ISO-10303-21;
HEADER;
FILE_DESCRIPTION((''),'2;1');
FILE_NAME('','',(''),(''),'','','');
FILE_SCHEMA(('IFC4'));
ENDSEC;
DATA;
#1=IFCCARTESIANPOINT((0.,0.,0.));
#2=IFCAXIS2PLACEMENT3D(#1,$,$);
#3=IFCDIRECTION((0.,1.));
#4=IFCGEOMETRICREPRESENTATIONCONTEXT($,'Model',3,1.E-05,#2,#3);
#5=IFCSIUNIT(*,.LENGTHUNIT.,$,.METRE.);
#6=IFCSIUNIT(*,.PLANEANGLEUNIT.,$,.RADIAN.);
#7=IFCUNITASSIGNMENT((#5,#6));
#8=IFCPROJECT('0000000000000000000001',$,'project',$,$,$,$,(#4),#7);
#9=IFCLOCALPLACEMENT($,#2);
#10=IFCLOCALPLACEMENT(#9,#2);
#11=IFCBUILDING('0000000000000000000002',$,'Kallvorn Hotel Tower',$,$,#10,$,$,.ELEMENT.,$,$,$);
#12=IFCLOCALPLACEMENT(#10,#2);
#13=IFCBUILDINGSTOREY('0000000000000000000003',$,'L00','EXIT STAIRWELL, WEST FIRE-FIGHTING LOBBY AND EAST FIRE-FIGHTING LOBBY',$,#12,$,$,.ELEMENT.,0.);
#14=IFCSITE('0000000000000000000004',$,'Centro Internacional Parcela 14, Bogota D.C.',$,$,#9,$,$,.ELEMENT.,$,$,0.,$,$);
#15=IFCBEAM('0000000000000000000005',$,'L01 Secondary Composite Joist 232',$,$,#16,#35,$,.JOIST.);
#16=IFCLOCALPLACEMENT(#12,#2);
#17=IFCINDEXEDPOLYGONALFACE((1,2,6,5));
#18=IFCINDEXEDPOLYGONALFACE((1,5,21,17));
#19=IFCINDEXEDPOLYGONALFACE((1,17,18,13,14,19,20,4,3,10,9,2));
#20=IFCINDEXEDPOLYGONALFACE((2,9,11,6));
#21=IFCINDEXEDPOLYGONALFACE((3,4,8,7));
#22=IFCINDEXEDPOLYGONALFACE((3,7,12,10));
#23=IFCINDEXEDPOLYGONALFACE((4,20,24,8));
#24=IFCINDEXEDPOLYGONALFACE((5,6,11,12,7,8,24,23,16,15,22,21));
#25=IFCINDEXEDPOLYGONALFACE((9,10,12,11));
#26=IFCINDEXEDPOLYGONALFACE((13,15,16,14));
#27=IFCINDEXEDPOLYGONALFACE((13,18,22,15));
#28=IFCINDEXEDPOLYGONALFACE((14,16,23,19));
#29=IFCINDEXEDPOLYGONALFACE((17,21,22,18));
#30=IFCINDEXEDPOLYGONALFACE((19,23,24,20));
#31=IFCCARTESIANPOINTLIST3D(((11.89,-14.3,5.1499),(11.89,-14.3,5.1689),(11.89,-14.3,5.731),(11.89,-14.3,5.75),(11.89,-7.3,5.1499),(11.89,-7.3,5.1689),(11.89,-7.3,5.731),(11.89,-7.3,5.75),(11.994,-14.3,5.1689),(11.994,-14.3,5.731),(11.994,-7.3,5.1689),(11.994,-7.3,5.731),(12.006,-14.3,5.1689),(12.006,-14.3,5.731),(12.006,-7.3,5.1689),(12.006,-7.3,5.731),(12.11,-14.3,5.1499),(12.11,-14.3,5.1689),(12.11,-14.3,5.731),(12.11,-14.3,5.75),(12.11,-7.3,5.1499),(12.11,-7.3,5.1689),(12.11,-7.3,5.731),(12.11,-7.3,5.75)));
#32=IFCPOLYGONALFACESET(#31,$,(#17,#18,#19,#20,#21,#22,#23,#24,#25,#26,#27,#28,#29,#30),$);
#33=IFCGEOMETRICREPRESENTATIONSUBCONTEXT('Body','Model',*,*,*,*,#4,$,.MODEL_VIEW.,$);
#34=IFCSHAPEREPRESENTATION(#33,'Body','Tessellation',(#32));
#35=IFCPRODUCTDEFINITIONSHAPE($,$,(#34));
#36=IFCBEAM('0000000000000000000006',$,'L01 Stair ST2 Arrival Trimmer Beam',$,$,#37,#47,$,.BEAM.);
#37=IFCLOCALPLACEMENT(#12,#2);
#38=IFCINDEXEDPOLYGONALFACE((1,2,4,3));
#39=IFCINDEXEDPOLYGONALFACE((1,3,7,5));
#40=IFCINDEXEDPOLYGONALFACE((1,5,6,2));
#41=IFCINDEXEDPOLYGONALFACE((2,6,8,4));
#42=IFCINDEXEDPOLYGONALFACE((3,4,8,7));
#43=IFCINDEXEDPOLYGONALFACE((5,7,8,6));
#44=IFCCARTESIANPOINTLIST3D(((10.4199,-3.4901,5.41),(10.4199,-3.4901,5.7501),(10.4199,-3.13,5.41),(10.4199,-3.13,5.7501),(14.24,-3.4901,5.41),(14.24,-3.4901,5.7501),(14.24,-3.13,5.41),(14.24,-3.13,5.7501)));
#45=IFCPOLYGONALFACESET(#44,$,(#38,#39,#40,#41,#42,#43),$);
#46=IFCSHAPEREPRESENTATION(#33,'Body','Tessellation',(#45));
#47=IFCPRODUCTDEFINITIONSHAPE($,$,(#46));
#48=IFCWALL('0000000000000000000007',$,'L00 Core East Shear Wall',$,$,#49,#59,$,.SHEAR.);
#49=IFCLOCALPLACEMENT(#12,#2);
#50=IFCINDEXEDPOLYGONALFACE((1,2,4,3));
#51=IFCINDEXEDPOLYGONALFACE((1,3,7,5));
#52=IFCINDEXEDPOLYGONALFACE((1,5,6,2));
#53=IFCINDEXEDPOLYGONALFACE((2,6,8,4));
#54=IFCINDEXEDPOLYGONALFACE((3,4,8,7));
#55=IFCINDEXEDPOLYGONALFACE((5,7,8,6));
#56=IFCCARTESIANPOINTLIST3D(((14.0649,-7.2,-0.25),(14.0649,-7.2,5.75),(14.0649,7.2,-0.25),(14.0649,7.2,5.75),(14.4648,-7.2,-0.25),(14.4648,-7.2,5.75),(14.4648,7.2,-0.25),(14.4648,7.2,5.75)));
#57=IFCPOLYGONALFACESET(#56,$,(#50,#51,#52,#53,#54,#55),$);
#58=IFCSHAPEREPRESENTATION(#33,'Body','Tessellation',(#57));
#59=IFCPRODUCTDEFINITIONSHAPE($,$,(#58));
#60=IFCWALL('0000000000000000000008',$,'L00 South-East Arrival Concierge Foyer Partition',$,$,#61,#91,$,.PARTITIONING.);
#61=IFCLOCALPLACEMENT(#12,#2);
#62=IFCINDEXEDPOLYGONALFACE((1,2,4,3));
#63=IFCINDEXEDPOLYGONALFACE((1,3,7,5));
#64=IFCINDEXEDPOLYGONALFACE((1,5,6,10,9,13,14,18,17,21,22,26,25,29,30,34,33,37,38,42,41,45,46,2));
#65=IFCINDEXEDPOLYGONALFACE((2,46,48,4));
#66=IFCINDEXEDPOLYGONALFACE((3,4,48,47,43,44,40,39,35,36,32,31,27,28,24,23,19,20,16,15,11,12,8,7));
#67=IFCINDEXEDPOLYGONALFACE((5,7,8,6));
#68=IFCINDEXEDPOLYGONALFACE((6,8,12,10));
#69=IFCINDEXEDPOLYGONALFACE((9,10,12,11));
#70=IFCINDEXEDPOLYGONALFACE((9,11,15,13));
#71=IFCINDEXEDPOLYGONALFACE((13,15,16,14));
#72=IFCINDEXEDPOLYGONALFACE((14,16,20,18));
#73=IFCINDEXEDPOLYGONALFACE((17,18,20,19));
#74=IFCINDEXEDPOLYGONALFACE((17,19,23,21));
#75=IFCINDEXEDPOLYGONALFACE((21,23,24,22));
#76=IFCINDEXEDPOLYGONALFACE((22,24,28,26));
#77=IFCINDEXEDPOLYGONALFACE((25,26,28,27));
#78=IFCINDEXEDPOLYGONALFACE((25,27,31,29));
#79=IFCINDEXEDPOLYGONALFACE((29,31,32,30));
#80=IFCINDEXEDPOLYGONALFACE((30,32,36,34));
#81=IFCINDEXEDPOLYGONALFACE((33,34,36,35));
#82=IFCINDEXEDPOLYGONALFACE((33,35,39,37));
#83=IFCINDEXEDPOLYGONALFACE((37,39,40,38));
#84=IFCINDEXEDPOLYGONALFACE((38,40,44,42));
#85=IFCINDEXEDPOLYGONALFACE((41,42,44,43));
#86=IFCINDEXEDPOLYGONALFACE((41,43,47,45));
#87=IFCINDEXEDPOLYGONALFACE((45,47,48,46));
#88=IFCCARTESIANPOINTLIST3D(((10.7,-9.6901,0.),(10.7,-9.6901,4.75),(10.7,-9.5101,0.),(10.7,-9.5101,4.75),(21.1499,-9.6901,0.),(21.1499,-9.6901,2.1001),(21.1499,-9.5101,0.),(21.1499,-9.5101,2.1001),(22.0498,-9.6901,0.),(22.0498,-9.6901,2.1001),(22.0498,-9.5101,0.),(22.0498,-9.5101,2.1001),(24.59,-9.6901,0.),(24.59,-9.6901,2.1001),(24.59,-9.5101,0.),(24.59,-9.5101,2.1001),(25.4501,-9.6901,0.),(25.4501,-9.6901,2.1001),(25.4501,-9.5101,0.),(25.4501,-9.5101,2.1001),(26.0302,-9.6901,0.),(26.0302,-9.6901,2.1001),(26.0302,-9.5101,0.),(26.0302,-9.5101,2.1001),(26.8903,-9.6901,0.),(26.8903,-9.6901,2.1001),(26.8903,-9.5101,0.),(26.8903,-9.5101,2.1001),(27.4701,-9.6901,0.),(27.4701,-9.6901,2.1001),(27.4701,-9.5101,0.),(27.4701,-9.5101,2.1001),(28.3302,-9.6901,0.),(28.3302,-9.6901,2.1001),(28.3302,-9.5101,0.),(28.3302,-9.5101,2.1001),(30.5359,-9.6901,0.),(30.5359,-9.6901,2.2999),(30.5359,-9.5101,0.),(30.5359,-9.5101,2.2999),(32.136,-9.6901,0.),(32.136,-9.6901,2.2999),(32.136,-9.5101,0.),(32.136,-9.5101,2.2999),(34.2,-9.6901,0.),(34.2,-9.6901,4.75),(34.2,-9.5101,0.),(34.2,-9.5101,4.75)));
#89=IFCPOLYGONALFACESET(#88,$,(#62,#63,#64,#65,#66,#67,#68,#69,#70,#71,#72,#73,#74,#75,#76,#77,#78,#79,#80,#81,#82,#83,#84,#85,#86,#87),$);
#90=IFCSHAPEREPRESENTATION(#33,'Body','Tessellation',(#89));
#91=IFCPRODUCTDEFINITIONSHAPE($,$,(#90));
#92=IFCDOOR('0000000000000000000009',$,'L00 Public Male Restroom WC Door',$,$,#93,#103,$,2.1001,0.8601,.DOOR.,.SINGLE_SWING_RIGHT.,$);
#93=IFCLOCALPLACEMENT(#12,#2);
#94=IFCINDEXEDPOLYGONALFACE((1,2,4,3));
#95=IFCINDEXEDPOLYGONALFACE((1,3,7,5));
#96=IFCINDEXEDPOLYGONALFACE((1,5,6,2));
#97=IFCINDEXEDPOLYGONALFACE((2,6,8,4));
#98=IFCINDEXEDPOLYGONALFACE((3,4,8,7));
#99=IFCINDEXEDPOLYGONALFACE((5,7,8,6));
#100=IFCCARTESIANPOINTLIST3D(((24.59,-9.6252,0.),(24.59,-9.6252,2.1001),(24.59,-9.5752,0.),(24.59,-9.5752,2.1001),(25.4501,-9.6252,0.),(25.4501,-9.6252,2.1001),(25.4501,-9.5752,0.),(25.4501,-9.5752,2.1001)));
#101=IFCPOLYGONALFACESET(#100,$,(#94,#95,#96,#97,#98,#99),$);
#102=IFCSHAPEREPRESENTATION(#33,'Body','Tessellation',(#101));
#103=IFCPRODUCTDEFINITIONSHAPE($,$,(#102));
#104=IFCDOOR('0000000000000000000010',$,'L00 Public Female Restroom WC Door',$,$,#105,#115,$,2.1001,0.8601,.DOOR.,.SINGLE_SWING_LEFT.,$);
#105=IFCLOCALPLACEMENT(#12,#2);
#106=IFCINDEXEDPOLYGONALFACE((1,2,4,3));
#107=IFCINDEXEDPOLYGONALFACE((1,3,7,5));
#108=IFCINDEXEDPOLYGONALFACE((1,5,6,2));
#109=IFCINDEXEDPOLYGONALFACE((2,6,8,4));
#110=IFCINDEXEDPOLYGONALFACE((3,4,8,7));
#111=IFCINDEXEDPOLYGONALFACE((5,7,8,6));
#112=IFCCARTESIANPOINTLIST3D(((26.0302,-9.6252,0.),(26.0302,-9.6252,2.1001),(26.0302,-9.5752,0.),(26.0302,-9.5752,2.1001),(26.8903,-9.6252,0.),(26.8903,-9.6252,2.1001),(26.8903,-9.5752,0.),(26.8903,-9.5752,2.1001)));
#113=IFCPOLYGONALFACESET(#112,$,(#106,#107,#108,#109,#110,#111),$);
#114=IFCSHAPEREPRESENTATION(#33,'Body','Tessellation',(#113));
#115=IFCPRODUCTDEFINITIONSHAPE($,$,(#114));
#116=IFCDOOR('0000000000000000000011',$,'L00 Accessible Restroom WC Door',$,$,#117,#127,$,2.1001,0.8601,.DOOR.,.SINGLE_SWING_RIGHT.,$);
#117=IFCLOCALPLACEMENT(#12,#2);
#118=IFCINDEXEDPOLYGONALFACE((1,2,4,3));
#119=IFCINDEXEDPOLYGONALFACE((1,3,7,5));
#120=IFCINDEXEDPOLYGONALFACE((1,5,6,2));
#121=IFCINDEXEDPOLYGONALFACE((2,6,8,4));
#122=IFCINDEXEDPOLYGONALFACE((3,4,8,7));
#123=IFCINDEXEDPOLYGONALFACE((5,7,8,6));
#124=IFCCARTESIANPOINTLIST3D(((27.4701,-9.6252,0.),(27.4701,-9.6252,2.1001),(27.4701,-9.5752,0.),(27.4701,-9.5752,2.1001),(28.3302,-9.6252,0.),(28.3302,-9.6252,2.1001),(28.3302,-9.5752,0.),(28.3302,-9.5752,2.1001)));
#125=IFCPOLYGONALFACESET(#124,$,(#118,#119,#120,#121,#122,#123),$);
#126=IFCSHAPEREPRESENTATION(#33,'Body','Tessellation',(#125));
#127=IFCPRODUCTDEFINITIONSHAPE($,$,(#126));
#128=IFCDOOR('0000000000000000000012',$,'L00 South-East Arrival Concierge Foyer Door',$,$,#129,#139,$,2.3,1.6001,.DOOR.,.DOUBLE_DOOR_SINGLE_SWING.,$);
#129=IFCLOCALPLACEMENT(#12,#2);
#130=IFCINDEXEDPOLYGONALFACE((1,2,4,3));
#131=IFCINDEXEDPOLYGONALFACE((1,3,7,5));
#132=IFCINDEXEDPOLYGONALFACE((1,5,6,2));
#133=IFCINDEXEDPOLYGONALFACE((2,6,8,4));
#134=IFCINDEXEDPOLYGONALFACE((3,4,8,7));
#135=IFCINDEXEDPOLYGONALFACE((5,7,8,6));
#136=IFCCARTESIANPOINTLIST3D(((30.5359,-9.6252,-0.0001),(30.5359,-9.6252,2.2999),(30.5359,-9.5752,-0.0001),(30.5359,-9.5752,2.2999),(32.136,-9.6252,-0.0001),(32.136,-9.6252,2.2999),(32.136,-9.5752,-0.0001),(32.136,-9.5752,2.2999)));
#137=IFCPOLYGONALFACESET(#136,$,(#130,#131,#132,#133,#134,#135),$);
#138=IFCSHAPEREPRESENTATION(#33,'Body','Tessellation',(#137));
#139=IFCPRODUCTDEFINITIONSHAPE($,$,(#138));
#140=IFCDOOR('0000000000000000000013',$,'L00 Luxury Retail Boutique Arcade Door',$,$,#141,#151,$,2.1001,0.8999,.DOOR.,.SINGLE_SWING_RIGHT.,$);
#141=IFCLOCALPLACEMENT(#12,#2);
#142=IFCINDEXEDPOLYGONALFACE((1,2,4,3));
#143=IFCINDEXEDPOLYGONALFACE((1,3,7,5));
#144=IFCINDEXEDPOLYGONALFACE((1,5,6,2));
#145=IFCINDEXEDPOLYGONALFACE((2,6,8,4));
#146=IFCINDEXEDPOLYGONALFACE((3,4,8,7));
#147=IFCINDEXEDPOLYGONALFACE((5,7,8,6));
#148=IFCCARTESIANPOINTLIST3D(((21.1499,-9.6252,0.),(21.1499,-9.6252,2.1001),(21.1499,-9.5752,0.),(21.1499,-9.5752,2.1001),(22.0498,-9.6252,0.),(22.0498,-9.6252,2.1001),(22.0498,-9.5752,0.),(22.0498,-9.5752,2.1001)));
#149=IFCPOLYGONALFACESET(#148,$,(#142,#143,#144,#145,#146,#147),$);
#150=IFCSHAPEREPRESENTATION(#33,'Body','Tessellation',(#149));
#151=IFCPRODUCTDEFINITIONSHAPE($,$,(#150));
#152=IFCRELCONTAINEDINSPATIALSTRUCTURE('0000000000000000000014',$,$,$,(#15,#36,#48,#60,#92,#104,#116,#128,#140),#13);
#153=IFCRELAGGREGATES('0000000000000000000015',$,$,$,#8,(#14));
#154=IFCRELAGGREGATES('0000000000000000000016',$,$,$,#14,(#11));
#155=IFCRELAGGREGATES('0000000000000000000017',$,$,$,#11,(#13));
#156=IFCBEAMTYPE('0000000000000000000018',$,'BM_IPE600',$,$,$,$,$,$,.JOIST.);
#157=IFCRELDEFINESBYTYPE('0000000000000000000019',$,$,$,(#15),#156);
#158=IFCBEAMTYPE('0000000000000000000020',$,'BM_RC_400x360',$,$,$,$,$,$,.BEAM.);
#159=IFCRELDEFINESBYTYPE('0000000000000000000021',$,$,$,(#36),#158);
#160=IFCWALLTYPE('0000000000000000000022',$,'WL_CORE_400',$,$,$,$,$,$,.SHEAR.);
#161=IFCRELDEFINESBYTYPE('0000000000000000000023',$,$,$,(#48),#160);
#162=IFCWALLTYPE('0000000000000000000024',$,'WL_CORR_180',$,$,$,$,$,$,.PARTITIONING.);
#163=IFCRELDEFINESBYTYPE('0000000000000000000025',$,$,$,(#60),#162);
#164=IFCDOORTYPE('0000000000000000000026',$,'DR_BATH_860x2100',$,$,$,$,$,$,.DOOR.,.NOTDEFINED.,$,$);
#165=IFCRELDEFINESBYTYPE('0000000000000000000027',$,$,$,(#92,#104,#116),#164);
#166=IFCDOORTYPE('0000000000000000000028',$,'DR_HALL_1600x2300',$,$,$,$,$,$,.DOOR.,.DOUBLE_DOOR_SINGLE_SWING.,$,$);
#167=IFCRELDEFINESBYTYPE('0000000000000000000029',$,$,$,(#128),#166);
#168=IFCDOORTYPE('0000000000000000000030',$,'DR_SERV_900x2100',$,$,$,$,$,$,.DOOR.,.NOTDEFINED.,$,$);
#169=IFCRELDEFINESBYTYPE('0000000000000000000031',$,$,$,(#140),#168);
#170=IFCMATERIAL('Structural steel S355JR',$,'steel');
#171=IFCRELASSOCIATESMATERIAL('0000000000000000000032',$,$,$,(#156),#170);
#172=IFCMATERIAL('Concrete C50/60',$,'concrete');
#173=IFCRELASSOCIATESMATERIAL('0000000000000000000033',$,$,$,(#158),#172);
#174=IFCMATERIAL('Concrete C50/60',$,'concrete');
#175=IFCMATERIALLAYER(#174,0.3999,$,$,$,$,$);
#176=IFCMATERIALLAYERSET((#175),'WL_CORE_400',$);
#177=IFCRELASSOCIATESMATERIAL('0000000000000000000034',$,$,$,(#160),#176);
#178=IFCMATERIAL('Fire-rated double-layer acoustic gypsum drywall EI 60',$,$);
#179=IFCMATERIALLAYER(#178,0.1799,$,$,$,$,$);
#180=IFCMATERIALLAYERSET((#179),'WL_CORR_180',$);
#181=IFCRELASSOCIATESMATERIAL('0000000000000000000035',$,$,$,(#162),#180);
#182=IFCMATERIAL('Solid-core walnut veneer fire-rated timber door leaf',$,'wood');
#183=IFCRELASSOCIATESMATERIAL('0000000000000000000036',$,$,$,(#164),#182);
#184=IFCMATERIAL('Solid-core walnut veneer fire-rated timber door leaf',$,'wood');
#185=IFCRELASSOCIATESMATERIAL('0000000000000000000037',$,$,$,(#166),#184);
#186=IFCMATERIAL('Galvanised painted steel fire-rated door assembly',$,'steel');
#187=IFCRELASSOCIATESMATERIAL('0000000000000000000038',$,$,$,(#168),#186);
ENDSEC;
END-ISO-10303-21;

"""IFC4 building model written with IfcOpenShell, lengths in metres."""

from ifc_helpers import new_model, si_unit, direction, frame, frame_2d, origin, origin_2d, place, context, subcontext, project, spatial, rectangle, i_section, extrude, material, layer, layer_set, material_profile, profile_set, type_object, element, fill, save


model = new_model("IFC4")

# Units and contexts
model_context = context("Model", 3, precision=1e-05, world=origin(), true_north=direction((0.0, 1.0)))
body_context = subcontext(model_context, "Body", "Model", "MODEL_VIEW")
ifc_project = project(units=[si_unit("LENGTHUNIT", "METRE"), si_unit("PLANEANGLEUNIT", "RADIAN")], contexts=[model_context])

# Site, building, storey
site_placement = place(None, origin())
site = spatial("IfcSite", under=ifc_project, at=site_placement, Name="Centro Internacional Parcela 14, Bogota D.C.", CompositionType="ELEMENT", RefElevation=0.0)
building_placement = place(site_placement, origin())
building = spatial("IfcBuilding", under=site, at=building_placement, Name="Kallvorn Hotel Tower", CompositionType="ELEMENT")
storey_placement = place(building_placement, origin())
storey = spatial("IfcBuildingStorey", under=building, at=storey_placement, Name="L00", Description="EXIT STAIRWELL, WEST FIRE-FIGHTING LOBBY AND EAST FIRE-FIGHTING LOBBY", CompositionType="ELEMENT", Elevation=0.0)

# Beams
ifc_material_1 = material(Name="Structural steel S355JR", Category="steel")
ifc_material_profile_1 = material_profile(ifc_material_1, i_section(OverallWidth=0.22, OverallDepth=0.6001, WebThickness=0.012, FlangeThickness=0.019, at=origin_2d()), Name="IPE 600")
ifc_profile_set_1 = profile_set([ifc_material_profile_1], Name="Structural steel S355JR")
beam_type_1 = type_object("IfcBeamType", Name="BM_IPE600", PredefinedType="JOIST", material=ifc_profile_set_1)
for number, where, z_axis, x_axis, name in (
    (1, (12.0, -14.3, 5.45), (0.0, 1.0, 0.0), (-1.0, 0.0, 0.0), "L01 Secondary Composite Joist 232"),
):
    element("IfcBeam", number, at=place(storey_placement, frame(where, z_axis=z_axis, x_axis=x_axis)), inside=storey, type_object=beam_type_1, Name=name, PredefinedType="JOIST", context=body_context, shape_type="SweptSolid", body=[
        extrude(i_section(OverallWidth=0.22, OverallDepth=0.6001, WebThickness=0.012, FlangeThickness=0.019, at=origin_2d()), origin(), (0.0, 0.0, 1.0), 7.0),
    ])
ifc_material_2 = material(Name="Concrete C50/60", Category="concrete")
ifc_material_profile_2 = material_profile(ifc_material_2, rectangle(XDim=0.3601, YDim=0.3401, at=origin_2d()), Name="RC 360x340")
ifc_profile_set_2 = profile_set([ifc_material_profile_2], Name="Concrete C50/60")
beam_type_2 = type_object("IfcBeamType", Name="BM_RC_400x360", PredefinedType="BEAM", material=ifc_profile_set_2)
beam_1_placement = place(storey_placement, frame((14.24, -3.3101, 5.5801), z_axis=(-1.0, 0.0, 0.0), x_axis=(0.0, -1.0, 0.0)))
element("IfcBeam", 2, at=beam_1_placement, inside=storey, type_object=beam_type_2, Name="L01 Stair ST2 Arrival Trimmer Beam", PredefinedType="BEAM", context=body_context, shape_type="SweptSolid", body=[
    extrude(rectangle(XDim=0.3601, YDim=0.3401, at=origin_2d()), origin(), (0.0, 0.0, 1.0), 3.8201),
])

# Wall
ifc_material_3 = material(Name="Concrete C50/60", Category="concrete")
ifc_layer_1 = layer(ifc_material_3, 0.3999)
ifc_layer_set_1 = layer_set([ifc_layer_1], Name="WL_CORE_400")
wall_type_1 = type_object("IfcWallType", Name="WL_CORE_400", PredefinedType="SHEAR", material=ifc_layer_set_1)
wall_1_placement = place(storey_placement, frame((14.2649, -7.2, -0.25), z_axis=(0.0, 0.0, 1.0), x_axis=(0.0, 1.0, 0.0)))
element("IfcWall", 3, at=wall_1_placement, inside=storey, type_object=wall_type_1, Name="L00 Core East Shear Wall", PredefinedType="SHEAR", context=body_context, shape_type="SweptSolid", body=[
    extrude(rectangle(XDim=14.3999, YDim=0.3999, at=frame_2d((7.2, 0.0))), origin(), (0.0, 0.0, 1.0), 6.0),
])

# Wall, openings, doors
ifc_material_4 = material(Name="Fire-rated double-layer acoustic gypsum drywall EI 60")
ifc_layer_2 = layer(ifc_material_4, 0.1799)
ifc_layer_set_2 = layer_set([ifc_layer_2], Name="WL_CORR_180")
wall_type_2 = type_object("IfcWallType", Name="WL_CORR_180", PredefinedType="PARTITIONING", material=ifc_layer_set_2)
wall_2_placement = place(storey_placement, frame((10.7, -9.6001, 0.0), z_axis=(0.0, 0.0, 1.0), x_axis=(1.0, 0.0, 0.0)))
wall_2 = element("IfcWall", 4, at=wall_2_placement, inside=storey, type_object=wall_type_2, Name="L00 South-East Arrival Concierge Foyer Partition", PredefinedType="PARTITIONING", context=body_context, shape_type="SweptSolid", body=[
    extrude(rectangle(XDim=23.5, YDim=0.1799, at=frame_2d((11.75, 0.0))), origin(), (0.0, 0.0, 1.0), 4.75),
])
opening_1_placement = place(wall_2_placement, frame((10.45, 0.0, 0.0)))
opening_1 = element("IfcOpeningElement", 5, at=opening_1_placement, cuts=wall_2, PredefinedType="OPENING", context=body_context, shape_type="SweptSolid", body=[
    extrude(rectangle(XDim=0.8999, YDim=2.1001, at=frame_2d((0.45, 1.05))), frame((0.0, 0.1047, 0.0), z_axis=(0.0, -1.0, 0.0), x_axis=(1.0, 0.0, 0.0)), (0.0, 0.0, 1.0), 0.21),
])
opening_2_placement = place(wall_2_placement, frame((13.8899, 0.0, 0.0)))
opening_2 = element("IfcOpeningElement", 6, at=opening_2_placement, cuts=wall_2, PredefinedType="OPENING", context=body_context, shape_type="SweptSolid", body=[
    extrude(rectangle(XDim=0.8601, YDim=2.1001, at=frame_2d((0.4302, 1.05))), frame((0.0, 0.1047, 0.0), z_axis=(0.0, -1.0, 0.0), x_axis=(1.0, 0.0, 0.0)), (0.0, 0.0, 1.0), 0.21),
])
opening_3_placement = place(wall_2_placement, frame((15.3301, 0.0, 0.0)))
opening_3 = element("IfcOpeningElement", 7, at=opening_3_placement, cuts=wall_2, PredefinedType="OPENING", context=body_context, shape_type="SweptSolid", body=[
    extrude(rectangle(XDim=0.8601, YDim=2.1001, at=frame_2d((0.4302, 1.05))), frame((0.0, 0.1047, 0.0), z_axis=(0.0, -1.0, 0.0), x_axis=(1.0, 0.0, 0.0)), (0.0, 0.0, 1.0), 0.21),
])
opening_4_placement = place(wall_2_placement, frame((16.77, 0.0, 0.0)))
opening_4 = element("IfcOpeningElement", 8, at=opening_4_placement, cuts=wall_2, PredefinedType="OPENING", context=body_context, shape_type="SweptSolid", body=[
    extrude(rectangle(XDim=0.8601, YDim=2.1001, at=frame_2d((0.4302, 1.05))), frame((0.0, 0.1047, 0.0), z_axis=(0.0, -1.0, 0.0), x_axis=(1.0, 0.0, 0.0)), (0.0, 0.0, 1.0), 0.21),
])
opening_5_placement = place(wall_2_placement, frame((19.8359, 0.0, 0.0)))
opening_5 = element("IfcOpeningElement", 9, at=opening_5_placement, cuts=wall_2, PredefinedType="OPENING", context=body_context, shape_type="SweptSolid", body=[
    extrude(rectangle(XDim=1.6001, YDim=2.3, at=frame_2d((0.8, 1.1499))), frame((0.0, 0.1047, 0.0), z_axis=(0.0, -1.0, 0.0), x_axis=(1.0, 0.0, 0.0)), (0.0, 0.0, 1.0), 0.21),
])
ifc_material_5 = material(Name="Solid-core walnut veneer fire-rated timber door leaf", Category="wood")
door_type_1 = type_object("IfcDoorType", Name="DR_BATH_860x2100", OperationType="NOTDEFINED", PredefinedType="DOOR", material=ifc_material_5)
door_1_placement = place(opening_2_placement, origin())
door_1 = element("IfcDoor", 10, at=door_1_placement, inside=storey, type_object=door_type_1, Name="L00 Public Male Restroom WC Door", OperationType="SINGLE_SWING_RIGHT", OverallHeight=2.1001, OverallWidth=0.8601, PredefinedType="DOOR", context=body_context, shape_type="SweptSolid", body=[
    extrude(rectangle(XDim=0.8601, YDim=2.1001, at=frame_2d((0.4302, 1.05))), frame((0.0, 0.0249, 0.0), z_axis=(0.0, -1.0, 0.0), x_axis=(1.0, 0.0, 0.0)), (0.0, 0.0, 1.0), 0.05),
])
fill(opening_2, door_1)
door_2_placement = place(opening_3_placement, origin())
door_2 = element("IfcDoor", 11, at=door_2_placement, inside=storey, type_object=door_type_1, Name="L00 Public Female Restroom WC Door", OperationType="SINGLE_SWING_LEFT", OverallHeight=2.1001, OverallWidth=0.8601, PredefinedType="DOOR", context=body_context, shape_type="SweptSolid", body=[
    extrude(rectangle(XDim=0.8601, YDim=2.1001, at=frame_2d((0.4302, 1.05))), frame((0.0, 0.0249, 0.0), z_axis=(0.0, -1.0, 0.0), x_axis=(1.0, 0.0, 0.0)), (0.0, 0.0, 1.0), 0.05),
])
fill(opening_3, door_2)
door_3_placement = place(opening_4_placement, origin())
door_3 = element("IfcDoor", 12, at=door_3_placement, inside=storey, type_object=door_type_1, Name="L00 Accessible Restroom WC Door", OperationType="SINGLE_SWING_RIGHT", OverallHeight=2.1001, OverallWidth=0.8601, PredefinedType="DOOR", context=body_context, shape_type="SweptSolid", body=[
    extrude(rectangle(XDim=0.8601, YDim=2.1001, at=frame_2d((0.4302, 1.05))), frame((0.0, 0.0249, 0.0), z_axis=(0.0, -1.0, 0.0), x_axis=(1.0, 0.0, 0.0)), (0.0, 0.0, 1.0), 0.05),
])
fill(opening_4, door_3)
ifc_material_6 = material(Name="Solid-core walnut veneer fire-rated timber door leaf", Category="wood")
door_type_2 = type_object("IfcDoorType", Name="DR_HALL_1600x2300", OperationType="DOUBLE_DOOR_SINGLE_SWING", PredefinedType="DOOR", material=ifc_material_6)
door_4_placement = place(opening_5_placement, origin())
door_4 = element("IfcDoor", 13, at=door_4_placement, inside=storey, type_object=door_type_2, Name="L00 South-East Arrival Concierge Foyer Door", OperationType="DOUBLE_DOOR_SINGLE_SWING", OverallHeight=2.3, OverallWidth=1.6001, PredefinedType="DOOR", context=body_context, shape_type="SweptSolid", body=[
    extrude(rectangle(XDim=1.6001, YDim=2.3, at=frame_2d((0.8, 1.1499))), frame((0.0, 0.0249, 0.0), z_axis=(0.0, -1.0, 0.0), x_axis=(1.0, 0.0, 0.0)), (0.0, 0.0, 1.0), 0.05),
])
fill(opening_5, door_4)
ifc_material_7 = material(Name="Galvanised painted steel fire-rated door assembly", Category="steel")
door_type_3 = type_object("IfcDoorType", Name="DR_SERV_900x2100", OperationType="NOTDEFINED", PredefinedType="DOOR", material=ifc_material_7)
door_5_placement = place(opening_1_placement, origin())
door_5 = element("IfcDoor", 14, at=door_5_placement, inside=storey, type_object=door_type_3, Name="L00 Luxury Retail Boutique Arcade Door", OperationType="SINGLE_SWING_RIGHT", OverallHeight=2.1001, OverallWidth=0.8999, PredefinedType="DOOR", context=body_context, shape_type="SweptSolid", body=[
    extrude(rectangle(XDim=0.8999, YDim=2.1001, at=frame_2d((0.45, 1.05))), frame((0.0, 0.0249, 0.0), z_axis=(0.0, -1.0, 0.0), x_axis=(1.0, 0.0, 0.0)), (0.0, 0.0, 1.0), 0.05),
])
fill(opening_1, door_5)

save(model, "model.ifc")
